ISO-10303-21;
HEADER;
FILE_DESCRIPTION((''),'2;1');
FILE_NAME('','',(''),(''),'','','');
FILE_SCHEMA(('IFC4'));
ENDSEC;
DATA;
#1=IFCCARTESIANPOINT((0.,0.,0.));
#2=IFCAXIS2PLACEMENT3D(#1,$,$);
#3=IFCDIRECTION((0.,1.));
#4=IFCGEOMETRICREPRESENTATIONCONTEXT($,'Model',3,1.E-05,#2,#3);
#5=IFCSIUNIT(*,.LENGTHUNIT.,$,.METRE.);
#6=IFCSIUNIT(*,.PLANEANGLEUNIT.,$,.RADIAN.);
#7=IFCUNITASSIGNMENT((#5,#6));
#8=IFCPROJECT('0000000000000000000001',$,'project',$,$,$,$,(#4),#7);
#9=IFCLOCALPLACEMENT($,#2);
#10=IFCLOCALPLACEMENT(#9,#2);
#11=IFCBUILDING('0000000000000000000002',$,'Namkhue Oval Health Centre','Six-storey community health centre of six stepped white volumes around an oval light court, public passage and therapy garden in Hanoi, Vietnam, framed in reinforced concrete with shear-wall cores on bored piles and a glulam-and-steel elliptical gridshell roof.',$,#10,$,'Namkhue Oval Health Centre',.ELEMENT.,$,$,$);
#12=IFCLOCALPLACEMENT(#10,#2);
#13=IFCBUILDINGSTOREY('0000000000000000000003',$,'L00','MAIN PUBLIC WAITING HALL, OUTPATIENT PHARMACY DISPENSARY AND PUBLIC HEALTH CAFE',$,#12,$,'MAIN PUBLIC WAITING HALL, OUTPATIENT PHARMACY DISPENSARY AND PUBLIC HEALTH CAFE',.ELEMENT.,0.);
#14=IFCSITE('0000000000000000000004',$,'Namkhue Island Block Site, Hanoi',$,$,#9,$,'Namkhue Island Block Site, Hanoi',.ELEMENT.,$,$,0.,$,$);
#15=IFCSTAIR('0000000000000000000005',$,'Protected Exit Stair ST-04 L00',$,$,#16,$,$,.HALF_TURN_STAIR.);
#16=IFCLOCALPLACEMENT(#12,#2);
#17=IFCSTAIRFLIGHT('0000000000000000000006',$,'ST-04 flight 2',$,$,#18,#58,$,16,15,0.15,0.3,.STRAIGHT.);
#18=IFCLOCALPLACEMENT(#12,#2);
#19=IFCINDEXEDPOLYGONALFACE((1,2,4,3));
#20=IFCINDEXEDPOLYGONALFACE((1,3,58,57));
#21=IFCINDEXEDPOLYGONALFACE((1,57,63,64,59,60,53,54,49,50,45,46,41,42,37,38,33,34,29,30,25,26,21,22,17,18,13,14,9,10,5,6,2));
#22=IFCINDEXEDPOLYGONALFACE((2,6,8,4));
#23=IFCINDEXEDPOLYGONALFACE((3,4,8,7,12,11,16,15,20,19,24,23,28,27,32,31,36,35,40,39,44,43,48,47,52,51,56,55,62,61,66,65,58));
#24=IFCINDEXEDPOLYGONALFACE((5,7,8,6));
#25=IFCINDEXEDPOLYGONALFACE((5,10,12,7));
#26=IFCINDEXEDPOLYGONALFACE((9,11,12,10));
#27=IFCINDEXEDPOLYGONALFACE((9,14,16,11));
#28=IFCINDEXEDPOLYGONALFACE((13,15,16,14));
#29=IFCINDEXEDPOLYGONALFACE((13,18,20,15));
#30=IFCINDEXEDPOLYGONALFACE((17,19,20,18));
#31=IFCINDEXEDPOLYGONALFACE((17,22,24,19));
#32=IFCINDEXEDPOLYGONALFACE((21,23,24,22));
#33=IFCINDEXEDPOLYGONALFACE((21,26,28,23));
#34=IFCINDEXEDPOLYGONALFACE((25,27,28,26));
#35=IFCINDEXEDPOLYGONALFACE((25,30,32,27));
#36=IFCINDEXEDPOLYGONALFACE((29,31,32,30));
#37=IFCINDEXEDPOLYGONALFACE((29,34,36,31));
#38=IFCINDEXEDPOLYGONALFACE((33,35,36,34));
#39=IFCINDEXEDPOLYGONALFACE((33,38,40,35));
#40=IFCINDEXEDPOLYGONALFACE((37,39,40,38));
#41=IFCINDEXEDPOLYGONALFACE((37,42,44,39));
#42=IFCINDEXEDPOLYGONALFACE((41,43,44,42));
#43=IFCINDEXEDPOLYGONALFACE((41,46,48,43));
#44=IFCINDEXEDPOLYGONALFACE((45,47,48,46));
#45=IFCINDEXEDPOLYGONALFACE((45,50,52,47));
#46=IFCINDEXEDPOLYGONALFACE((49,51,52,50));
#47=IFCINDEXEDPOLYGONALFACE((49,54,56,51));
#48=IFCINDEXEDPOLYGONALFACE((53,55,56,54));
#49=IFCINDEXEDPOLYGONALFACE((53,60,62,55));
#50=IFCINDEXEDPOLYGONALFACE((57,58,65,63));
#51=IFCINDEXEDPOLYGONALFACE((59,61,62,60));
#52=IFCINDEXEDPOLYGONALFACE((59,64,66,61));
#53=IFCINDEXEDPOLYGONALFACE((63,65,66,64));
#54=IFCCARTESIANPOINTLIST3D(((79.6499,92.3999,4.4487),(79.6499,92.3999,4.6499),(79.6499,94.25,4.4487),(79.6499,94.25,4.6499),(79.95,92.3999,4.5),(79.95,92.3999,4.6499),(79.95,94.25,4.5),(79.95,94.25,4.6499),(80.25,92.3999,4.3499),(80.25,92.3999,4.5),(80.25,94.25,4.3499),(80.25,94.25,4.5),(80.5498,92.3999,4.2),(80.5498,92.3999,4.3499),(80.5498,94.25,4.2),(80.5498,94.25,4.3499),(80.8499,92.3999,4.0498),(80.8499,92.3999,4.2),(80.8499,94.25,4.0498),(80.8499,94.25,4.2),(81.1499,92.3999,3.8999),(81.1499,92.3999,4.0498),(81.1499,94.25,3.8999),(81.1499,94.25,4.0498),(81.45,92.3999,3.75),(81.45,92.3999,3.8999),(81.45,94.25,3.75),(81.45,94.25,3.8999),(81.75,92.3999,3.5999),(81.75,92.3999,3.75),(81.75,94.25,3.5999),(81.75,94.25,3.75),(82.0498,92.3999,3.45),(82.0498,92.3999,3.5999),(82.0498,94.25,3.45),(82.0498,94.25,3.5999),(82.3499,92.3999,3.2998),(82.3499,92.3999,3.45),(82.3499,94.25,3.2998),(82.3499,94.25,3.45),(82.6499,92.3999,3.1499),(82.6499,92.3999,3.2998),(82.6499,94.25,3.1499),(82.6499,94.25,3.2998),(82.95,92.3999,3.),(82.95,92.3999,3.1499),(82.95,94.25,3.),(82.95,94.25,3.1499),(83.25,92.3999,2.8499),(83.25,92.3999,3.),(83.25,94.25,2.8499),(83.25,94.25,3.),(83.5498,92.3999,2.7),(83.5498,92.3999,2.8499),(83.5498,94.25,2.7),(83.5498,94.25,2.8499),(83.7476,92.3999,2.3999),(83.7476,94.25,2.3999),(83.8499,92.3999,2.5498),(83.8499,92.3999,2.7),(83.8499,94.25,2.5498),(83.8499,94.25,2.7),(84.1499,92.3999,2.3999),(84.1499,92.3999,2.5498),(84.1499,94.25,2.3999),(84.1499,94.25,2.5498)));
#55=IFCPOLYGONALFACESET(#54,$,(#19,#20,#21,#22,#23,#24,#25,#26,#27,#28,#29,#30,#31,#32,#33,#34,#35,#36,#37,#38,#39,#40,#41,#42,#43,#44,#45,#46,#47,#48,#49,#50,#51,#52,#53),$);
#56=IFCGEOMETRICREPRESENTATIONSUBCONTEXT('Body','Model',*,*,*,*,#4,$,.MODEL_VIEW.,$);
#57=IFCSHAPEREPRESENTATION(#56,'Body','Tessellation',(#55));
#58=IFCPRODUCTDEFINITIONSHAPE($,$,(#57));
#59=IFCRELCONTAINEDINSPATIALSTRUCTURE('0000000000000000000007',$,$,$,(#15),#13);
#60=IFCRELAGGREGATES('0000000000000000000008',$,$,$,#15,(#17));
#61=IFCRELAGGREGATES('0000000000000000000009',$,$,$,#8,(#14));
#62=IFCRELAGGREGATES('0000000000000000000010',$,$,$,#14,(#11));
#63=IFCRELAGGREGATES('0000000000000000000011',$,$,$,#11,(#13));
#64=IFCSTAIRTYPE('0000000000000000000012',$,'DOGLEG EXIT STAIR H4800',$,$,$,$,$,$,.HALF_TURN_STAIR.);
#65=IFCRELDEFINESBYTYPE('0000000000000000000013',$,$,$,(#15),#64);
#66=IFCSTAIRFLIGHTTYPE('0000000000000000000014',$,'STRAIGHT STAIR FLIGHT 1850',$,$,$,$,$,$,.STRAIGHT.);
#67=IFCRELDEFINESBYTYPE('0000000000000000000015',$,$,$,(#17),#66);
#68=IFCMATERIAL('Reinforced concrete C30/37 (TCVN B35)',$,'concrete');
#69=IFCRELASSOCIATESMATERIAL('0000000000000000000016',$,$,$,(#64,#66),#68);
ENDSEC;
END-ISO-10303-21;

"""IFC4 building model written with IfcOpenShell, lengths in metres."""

from ifc_helpers import new_model, si_unit, direction, frame, origin, place, context, subcontext, project, spatial, polyline, outline, extrude, material, type_object, element, aggregate, save


model = new_model("IFC4")

# Units and contexts
model_context = context("Model", 3, precision=1e-05, world=origin(), true_north=direction((0.0, 1.0)))
body_context = subcontext(model_context, "Body", "Model", "MODEL_VIEW")
ifc_project = project(units=[si_unit("LENGTHUNIT", "METRE"), si_unit("PLANEANGLEUNIT", "RADIAN")], contexts=[model_context])

# Site, building, storey
site_placement = place(None, origin())
site = spatial("IfcSite", under=ifc_project, at=site_placement, Name="Namkhue Island Block Site, Hanoi", LongName="Namkhue Island Block Site, Hanoi", CompositionType="ELEMENT", RefElevation=0.0)
building_placement = place(site_placement, origin())
building = spatial("IfcBuilding", under=site, at=building_placement, Name="Namkhue Oval Health Centre", Description="Six-storey community health centre of six stepped white volumes around an oval light court, public passage and therapy garden in Hanoi, Vietnam, framed in reinforced concrete with shear-wall cores on bored piles and a glulam-and-steel elliptical gridshell roof.", LongName="Namkhue Oval Health Centre", CompositionType="ELEMENT")
storey_placement = place(building_placement, origin())
storey = spatial("IfcBuildingStorey", under=building, at=storey_placement, Name="L00", Description="MAIN PUBLIC WAITING HALL, OUTPATIENT PHARMACY DISPENSARY AND PUBLIC HEALTH CAFE", LongName="MAIN PUBLIC WAITING HALL, OUTPATIENT PHARMACY DISPENSARY AND PUBLIC HEALTH CAFE", CompositionType="ELEMENT", Elevation=0.0)

# Shared definitions
ifc_material_1 = material(Name="Reinforced concrete C30/37 (TCVN B35)", Category="concrete")

# Stair, stair flight
stair_type = type_object("IfcStairType", Name="DOGLEG EXIT STAIR H4800", PredefinedType="HALF_TURN_STAIR", material=ifc_material_1)
stair_placement = place(storey_placement, origin())
stair = element("IfcStair", 1, at=stair_placement, inside=storey, type_object=stair_type, Name="Protected Exit Stair ST-04 L00", PredefinedType="HALF_TURN_STAIR")
stair_flight_type = type_object("IfcStairFlightType", Name="STRAIGHT STAIR FLIGHT 1850", PredefinedType="STRAIGHT", material=ifc_material_1)
stair_flight_placement = place(storey_placement, frame((84.1499, 93.325, 2.3999), z_axis=(0.0, 0.0, 1.0), x_axis=(-1.0, 0.0, 0.0)))
stair_flight = element("IfcStairFlight", 2, at=stair_flight_placement, type_object=stair_flight_type, Name="ST-04 flight 2", NumberOfRisers=16, NumberOfTreads=15, PredefinedType="STRAIGHT", RiserHeight=0.15, TreadLength=0.3, context=body_context, shape_type="SweptSolid", body=[
    extrude(outline(polyline([(0.0, 0.0), (0.0, 0.1499), (0.3, 0.1499), (0.3, 0.3), (0.6001, 0.3), (0.6001, 0.45), (0.8999, 0.45), (0.8999, 0.6001), (1.2, 0.6001), (1.2, 0.75), (1.5, 0.75), (1.5, 0.8999), (1.8, 0.8999), (1.8, 1.05), (2.1001, 1.05), (2.1001, 1.2), (2.3999, 1.2), (2.3999, 1.3501), (2.7, 1.3501), (2.7, 1.5), (3.0, 1.5), (3.0, 1.6499), (3.3, 1.6499), (3.3, 1.8), (3.6001, 1.8), (3.6001, 1.95), (3.8999, 1.95), (3.8999, 2.1001), (4.2, 2.1001), (4.2, 2.25), (4.5, 2.25), (4.5, 2.3999), (4.5, 2.0488), (0.4023, 0.0), (0.0, 0.0)])), frame((0.0, 0.925, 0.0), z_axis=(0.0, -1.0, 0.0), x_axis=(1.0, 0.0, 0.0)), (0.0, 0.0, 1.0), 1.8501),
])
aggregate(stair, [stair_flight])

save(model, "model.ifc")
